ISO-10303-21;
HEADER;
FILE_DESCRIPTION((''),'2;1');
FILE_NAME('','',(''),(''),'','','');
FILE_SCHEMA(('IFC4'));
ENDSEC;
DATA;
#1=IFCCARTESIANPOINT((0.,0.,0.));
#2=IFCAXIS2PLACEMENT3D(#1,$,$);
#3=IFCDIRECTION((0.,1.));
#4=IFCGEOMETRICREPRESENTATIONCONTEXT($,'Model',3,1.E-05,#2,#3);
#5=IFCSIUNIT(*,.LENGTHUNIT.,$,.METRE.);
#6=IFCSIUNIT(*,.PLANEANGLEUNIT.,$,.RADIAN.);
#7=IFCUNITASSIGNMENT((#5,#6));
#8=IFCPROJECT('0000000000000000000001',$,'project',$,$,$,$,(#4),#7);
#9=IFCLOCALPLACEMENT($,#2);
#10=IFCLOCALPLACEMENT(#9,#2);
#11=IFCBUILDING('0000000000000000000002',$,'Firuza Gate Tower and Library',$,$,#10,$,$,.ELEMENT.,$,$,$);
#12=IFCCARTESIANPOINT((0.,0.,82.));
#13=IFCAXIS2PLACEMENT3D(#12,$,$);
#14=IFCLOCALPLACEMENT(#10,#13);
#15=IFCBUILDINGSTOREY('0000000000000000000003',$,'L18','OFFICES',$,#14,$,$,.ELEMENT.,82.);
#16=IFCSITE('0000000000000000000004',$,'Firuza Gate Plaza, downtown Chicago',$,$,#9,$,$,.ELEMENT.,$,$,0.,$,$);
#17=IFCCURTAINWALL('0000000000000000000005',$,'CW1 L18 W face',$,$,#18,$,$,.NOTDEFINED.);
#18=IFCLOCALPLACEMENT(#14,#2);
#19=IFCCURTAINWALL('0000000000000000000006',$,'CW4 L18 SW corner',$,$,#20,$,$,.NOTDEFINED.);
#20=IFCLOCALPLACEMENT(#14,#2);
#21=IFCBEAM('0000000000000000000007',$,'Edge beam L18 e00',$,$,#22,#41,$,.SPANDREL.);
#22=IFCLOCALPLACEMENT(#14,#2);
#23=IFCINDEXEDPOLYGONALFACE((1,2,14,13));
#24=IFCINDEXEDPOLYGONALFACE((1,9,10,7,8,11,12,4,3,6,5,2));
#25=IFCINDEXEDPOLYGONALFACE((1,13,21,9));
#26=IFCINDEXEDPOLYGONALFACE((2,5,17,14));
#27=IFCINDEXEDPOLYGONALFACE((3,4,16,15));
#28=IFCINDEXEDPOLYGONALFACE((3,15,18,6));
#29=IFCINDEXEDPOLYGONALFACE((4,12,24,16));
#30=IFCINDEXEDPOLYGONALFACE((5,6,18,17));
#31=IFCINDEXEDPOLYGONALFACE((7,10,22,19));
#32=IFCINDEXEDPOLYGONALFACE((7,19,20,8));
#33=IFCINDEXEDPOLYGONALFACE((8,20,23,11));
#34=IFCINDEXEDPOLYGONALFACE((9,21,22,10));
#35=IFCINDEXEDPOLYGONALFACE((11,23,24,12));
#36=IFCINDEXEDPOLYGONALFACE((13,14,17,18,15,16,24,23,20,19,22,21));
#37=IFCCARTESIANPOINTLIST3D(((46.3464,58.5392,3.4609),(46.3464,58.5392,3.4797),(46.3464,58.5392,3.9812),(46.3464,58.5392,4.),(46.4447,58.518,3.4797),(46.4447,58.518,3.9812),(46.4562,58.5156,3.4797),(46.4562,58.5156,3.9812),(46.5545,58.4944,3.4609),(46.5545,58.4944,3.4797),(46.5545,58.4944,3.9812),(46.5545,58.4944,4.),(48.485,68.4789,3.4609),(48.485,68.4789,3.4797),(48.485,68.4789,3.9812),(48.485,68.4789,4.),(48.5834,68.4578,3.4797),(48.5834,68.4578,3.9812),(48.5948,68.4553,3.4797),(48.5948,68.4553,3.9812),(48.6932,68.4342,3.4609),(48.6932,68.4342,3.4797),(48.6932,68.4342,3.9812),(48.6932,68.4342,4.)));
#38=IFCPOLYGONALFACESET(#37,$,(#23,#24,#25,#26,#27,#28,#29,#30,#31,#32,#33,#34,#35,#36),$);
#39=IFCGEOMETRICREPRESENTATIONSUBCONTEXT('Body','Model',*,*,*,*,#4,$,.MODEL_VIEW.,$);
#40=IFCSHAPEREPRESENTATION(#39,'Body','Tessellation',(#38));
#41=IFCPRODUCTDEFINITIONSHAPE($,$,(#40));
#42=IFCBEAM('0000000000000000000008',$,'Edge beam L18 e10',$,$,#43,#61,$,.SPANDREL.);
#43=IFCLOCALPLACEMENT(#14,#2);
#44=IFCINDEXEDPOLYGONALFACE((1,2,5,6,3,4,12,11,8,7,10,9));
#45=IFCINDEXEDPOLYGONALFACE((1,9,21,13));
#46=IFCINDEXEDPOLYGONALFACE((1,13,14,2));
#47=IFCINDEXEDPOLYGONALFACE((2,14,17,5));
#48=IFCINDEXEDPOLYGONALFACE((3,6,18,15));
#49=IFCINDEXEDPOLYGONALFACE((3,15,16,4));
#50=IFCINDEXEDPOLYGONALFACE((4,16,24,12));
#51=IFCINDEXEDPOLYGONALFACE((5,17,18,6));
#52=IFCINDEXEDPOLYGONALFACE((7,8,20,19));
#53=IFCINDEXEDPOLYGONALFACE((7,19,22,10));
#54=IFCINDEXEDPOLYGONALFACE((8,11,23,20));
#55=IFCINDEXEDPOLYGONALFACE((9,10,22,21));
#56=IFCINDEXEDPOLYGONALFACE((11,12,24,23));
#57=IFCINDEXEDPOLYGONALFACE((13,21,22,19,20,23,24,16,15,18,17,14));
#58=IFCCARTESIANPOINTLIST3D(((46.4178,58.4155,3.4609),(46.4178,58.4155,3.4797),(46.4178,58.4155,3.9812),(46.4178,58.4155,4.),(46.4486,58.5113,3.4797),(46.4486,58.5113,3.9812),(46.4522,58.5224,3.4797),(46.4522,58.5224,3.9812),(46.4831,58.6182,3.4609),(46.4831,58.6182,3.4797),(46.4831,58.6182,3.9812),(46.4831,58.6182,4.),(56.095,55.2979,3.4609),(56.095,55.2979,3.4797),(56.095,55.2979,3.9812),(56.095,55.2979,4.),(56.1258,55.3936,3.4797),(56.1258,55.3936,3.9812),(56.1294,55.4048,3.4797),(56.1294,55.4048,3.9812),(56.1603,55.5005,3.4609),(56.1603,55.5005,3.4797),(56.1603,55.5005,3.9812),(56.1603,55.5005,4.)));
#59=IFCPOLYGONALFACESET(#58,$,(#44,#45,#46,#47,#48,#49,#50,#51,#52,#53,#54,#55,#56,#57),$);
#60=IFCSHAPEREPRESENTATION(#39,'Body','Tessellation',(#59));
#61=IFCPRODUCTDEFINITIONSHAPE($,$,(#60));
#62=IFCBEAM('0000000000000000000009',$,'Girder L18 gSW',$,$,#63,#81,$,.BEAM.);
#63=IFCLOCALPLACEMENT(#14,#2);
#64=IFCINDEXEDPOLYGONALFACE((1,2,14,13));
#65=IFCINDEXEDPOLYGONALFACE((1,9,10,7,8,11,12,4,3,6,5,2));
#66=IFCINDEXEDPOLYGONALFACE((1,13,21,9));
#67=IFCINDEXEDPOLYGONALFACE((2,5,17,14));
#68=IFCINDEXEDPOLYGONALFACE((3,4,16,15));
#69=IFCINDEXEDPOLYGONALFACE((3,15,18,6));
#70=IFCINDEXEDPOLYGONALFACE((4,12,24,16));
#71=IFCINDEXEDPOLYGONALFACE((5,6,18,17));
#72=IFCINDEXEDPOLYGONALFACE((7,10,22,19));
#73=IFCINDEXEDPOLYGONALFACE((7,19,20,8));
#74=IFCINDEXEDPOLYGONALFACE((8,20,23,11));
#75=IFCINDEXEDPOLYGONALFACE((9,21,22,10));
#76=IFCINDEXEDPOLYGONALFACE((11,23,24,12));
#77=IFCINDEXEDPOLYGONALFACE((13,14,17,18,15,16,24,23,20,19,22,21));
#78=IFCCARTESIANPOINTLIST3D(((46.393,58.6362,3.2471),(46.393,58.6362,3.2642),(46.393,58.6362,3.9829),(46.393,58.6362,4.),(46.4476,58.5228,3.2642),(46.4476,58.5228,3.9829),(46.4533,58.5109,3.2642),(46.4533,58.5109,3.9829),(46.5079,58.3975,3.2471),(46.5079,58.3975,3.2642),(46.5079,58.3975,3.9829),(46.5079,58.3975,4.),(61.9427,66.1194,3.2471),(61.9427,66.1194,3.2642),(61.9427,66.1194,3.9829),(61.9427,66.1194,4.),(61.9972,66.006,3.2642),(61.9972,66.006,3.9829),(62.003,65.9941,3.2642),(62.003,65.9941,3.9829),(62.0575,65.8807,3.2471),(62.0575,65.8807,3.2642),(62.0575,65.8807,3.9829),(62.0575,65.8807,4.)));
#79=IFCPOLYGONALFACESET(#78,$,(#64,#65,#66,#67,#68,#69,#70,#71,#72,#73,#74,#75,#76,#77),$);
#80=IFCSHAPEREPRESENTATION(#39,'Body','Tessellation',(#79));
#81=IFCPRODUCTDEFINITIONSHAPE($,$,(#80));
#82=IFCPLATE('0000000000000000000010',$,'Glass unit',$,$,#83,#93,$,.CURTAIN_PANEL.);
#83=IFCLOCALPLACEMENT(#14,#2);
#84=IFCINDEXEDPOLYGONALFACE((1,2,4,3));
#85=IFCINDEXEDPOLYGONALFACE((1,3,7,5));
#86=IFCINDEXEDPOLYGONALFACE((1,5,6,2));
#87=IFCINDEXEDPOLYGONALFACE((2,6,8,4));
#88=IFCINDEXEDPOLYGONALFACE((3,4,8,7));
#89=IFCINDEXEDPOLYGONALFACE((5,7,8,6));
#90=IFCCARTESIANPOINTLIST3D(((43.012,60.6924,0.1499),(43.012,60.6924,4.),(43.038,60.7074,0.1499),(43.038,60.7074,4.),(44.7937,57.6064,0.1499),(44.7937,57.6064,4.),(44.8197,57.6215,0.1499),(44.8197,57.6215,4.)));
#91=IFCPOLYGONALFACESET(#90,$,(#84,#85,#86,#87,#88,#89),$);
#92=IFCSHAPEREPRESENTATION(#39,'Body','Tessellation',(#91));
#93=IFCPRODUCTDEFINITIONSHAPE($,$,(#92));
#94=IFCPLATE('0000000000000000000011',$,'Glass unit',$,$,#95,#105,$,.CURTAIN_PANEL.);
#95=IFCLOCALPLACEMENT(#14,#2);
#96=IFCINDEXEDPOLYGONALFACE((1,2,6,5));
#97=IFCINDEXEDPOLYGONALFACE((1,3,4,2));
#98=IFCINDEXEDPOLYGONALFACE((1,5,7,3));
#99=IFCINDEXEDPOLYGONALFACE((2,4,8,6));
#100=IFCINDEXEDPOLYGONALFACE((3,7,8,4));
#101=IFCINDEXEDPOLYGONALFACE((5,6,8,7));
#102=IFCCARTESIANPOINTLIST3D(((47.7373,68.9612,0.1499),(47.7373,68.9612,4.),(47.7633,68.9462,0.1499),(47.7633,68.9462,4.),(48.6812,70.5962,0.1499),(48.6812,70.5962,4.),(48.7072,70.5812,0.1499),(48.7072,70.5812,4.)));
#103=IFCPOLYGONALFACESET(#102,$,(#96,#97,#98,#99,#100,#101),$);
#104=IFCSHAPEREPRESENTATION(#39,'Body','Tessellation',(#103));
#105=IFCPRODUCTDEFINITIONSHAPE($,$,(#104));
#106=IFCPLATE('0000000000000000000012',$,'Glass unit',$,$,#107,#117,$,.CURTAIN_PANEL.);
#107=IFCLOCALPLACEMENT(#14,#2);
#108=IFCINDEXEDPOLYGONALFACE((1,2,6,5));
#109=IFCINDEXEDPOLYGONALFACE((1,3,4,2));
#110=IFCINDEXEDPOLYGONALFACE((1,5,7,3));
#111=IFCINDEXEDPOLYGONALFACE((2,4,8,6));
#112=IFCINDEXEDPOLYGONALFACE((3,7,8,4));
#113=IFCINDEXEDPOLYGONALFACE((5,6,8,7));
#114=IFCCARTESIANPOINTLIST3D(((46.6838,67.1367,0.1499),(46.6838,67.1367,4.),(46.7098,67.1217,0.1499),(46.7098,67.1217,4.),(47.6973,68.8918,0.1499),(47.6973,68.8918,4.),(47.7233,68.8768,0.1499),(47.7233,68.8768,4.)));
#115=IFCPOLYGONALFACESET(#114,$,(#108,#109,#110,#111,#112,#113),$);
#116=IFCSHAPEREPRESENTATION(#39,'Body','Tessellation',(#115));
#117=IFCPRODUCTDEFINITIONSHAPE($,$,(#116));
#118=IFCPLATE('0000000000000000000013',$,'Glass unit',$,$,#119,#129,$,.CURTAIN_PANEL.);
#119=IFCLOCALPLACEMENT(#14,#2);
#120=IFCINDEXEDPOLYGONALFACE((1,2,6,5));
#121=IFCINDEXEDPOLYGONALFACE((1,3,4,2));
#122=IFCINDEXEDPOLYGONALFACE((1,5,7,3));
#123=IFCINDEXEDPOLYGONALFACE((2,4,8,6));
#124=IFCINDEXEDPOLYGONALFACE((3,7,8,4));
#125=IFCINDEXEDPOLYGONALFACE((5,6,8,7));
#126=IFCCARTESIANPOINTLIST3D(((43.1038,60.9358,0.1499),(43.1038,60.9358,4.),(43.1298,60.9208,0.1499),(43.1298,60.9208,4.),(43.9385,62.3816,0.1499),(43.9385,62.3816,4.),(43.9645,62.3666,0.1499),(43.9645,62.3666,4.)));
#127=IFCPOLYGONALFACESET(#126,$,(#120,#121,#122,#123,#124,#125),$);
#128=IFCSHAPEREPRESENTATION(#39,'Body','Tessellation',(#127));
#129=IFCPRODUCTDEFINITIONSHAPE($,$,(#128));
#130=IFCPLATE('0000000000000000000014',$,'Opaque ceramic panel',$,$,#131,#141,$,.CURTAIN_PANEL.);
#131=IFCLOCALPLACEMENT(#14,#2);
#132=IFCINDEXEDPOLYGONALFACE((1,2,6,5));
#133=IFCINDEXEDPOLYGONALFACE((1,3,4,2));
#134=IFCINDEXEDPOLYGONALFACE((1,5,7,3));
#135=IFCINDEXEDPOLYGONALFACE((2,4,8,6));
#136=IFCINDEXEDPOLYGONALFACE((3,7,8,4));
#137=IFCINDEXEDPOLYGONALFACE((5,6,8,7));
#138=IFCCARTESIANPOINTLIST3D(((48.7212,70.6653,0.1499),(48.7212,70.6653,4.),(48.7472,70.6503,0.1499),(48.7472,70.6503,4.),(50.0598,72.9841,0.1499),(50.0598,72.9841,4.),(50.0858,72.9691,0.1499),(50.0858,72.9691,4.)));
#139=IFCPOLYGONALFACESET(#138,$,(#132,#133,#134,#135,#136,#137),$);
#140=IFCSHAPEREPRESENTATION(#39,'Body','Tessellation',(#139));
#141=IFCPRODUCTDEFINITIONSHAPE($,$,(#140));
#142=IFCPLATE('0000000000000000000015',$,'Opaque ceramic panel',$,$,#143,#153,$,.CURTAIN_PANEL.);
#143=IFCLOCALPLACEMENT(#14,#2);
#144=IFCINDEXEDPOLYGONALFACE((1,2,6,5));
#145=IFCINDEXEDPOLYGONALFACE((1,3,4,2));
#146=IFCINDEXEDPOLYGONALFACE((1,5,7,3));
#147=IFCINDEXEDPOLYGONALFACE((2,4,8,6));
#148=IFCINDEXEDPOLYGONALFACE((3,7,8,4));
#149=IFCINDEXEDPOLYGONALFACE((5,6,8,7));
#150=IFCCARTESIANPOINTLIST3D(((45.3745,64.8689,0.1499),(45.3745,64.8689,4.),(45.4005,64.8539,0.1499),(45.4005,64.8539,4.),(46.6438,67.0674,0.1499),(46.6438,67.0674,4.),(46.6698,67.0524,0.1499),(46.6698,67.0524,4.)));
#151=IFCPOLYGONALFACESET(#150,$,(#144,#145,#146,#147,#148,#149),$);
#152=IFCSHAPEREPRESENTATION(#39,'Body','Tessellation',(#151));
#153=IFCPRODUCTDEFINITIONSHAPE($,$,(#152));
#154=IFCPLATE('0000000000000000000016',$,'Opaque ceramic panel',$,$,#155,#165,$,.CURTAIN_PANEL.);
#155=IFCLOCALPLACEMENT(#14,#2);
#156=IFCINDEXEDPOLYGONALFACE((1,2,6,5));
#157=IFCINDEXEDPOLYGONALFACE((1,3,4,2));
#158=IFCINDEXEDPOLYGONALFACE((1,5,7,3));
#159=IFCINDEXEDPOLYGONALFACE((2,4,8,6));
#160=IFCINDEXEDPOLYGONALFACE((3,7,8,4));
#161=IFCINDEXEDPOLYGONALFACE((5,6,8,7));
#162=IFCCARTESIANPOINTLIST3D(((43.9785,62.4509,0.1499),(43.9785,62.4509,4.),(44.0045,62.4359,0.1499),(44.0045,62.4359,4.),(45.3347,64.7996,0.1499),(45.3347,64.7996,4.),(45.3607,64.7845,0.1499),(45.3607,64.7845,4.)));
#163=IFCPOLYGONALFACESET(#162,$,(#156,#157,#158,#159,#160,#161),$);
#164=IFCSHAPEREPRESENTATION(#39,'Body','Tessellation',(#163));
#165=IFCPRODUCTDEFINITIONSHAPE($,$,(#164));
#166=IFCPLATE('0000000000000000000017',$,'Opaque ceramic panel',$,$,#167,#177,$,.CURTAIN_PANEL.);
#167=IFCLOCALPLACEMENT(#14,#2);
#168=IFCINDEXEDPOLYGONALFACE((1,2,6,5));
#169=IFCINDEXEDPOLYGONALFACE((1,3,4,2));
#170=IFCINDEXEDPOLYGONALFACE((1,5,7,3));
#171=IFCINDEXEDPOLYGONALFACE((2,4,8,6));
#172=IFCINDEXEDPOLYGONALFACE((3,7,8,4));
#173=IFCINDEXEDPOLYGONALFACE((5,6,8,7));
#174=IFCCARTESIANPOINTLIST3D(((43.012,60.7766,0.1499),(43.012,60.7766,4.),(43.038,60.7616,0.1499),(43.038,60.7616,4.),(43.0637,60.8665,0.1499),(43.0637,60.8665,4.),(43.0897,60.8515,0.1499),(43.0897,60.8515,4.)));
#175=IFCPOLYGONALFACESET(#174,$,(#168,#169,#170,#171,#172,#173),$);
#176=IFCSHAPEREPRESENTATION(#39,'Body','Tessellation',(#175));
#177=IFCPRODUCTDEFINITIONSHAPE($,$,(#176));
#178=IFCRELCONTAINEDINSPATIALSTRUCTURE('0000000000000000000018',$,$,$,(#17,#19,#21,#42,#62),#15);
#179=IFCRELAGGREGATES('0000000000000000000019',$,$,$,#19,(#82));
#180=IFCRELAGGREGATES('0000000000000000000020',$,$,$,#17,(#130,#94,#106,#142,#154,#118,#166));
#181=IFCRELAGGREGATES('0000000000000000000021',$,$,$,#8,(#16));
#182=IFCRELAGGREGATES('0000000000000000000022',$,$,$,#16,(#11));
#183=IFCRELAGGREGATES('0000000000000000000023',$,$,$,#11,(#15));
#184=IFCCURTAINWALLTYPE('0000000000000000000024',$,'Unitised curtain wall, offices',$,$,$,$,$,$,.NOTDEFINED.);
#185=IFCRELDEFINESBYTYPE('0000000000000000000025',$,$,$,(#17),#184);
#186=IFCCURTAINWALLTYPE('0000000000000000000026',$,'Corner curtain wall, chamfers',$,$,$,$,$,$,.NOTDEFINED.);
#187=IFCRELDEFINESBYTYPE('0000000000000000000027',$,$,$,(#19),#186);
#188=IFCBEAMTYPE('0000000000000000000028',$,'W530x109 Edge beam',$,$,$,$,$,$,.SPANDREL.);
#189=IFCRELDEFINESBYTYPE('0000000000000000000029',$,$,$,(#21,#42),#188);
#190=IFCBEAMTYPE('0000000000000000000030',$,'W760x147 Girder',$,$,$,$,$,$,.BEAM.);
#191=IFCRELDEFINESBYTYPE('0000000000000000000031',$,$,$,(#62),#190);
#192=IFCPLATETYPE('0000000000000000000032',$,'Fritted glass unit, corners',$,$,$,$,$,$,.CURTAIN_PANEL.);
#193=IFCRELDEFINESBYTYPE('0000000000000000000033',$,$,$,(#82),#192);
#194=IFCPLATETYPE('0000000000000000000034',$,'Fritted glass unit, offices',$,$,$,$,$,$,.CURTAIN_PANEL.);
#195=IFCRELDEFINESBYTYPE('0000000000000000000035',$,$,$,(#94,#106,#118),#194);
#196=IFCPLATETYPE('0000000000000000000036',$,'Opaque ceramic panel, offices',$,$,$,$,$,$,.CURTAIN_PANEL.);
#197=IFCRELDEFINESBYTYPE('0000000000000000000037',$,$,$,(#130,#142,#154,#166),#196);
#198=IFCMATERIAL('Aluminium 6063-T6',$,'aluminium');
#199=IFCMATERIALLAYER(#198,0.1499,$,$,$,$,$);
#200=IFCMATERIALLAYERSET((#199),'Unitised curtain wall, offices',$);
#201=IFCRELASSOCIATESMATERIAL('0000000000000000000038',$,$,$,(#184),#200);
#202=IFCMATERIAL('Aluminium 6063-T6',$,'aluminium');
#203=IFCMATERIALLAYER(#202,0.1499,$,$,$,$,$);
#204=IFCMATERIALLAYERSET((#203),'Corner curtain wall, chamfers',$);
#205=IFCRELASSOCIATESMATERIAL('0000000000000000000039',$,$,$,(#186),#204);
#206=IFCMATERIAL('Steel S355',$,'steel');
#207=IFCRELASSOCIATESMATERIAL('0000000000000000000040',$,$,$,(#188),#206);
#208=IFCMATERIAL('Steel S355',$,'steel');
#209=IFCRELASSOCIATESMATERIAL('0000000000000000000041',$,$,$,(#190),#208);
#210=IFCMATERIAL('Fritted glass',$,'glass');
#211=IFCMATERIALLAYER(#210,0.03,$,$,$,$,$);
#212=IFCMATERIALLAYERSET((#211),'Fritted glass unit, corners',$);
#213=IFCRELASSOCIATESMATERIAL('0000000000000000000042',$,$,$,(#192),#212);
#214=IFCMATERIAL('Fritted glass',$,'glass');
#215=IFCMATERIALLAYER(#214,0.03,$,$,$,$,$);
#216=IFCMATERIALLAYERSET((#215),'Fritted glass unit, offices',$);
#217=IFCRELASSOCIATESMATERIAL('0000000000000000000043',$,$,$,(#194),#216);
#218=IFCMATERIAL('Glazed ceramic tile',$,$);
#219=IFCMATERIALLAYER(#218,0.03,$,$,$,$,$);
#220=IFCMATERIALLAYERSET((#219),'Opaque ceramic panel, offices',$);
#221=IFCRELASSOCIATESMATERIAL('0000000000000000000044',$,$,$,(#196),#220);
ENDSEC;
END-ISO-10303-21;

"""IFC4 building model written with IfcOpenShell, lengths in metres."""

from ifc_helpers import new_model, si_unit, direction, frame, origin, origin_2d, place, context, subcontext, project, spatial, polyline, i_section, outline, extrude, material, layer, layer_set, material_profile, profile_set, type_object, element, aggregate, save


model = new_model("IFC4")

# Units and contexts
model_context = context("Model", 3, precision=1e-05, world=origin(), true_north=direction((0.0, 1.0)))
body_context = subcontext(model_context, "Body", "Model", "MODEL_VIEW")
ifc_project = project(units=[si_unit("LENGTHUNIT", "METRE"), si_unit("PLANEANGLEUNIT", "RADIAN")], contexts=[model_context])

# Site, building, storey
site_placement = place(None, origin())
site = spatial("IfcSite", under=ifc_project, at=site_placement, Name="Firuza Gate Plaza, downtown Chicago", CompositionType="ELEMENT", RefElevation=0.0)
building_placement = place(site_placement, origin())
building = spatial("IfcBuilding", under=site, at=building_placement, Name="Firuza Gate Tower and Library", CompositionType="ELEMENT")
storey_placement = place(building_placement, frame((0.0, 0.0, 82.0)))
storey = spatial("IfcBuildingStorey", under=building, at=storey_placement, Name="L18", Description="OFFICES", CompositionType="ELEMENT", Elevation=82.0)

# Curtain walls
ifc_material_1 = material(Name="Aluminium 6063-T6", Category="aluminium")
ifc_layer_1 = layer(ifc_material_1, 0.1499)
ifc_layer_set_1 = layer_set([ifc_layer_1], Name="Unitised curtain wall, offices")
curtain_wall_type_1 = type_object("IfcCurtainWallType", Name="Unitised curtain wall, offices", PredefinedType="NOTDEFINED", material=ifc_layer_set_1)
placement = place(storey_placement, origin())
curtain_wall_1 = element("IfcCurtainWall", 1, at=placement, inside=storey, type_object=curtain_wall_type_1, Name="CW1 L18 W face", PredefinedType="NOTDEFINED")
ifc_material_2 = material(Name="Aluminium 6063-T6", Category="aluminium")
ifc_layer_2 = layer(ifc_material_2, 0.1499)
ifc_layer_set_2 = layer_set([ifc_layer_2], Name="Corner curtain wall, chamfers")
curtain_wall_type_2 = type_object("IfcCurtainWallType", Name="Corner curtain wall, chamfers", PredefinedType="NOTDEFINED", material=ifc_layer_set_2)
curtain_wall_2 = element("IfcCurtainWall", 2, at=placement, inside=storey, type_object=curtain_wall_type_2, Name="CW4 L18 SW corner", PredefinedType="NOTDEFINED")

# Beams
ifc_material_3 = material(Name="Steel S355", Category="steel")
ifc_material_profile_1 = material_profile(ifc_material_3, i_section(OverallWidth=0.2129, OverallDepth=0.5391, WebThickness=0.0117, FlangeThickness=0.0188, at=origin_2d()))
ifc_profile_set_1 = profile_set([ifc_material_profile_1], Name="Steel S355")
beam_type_1 = type_object("IfcBeamType", Name="W530x109 Edge beam", PredefinedType="SPANDREL", material=ifc_profile_set_1)
beam_1_placement = place(storey_placement, frame((48.5891, 68.4565, 3.7305), z_axis=(-0.210351, -0.977626, 0.0), x_axis=(0.977626, -0.210351, 0.0)))
element("IfcBeam", 3, at=beam_1_placement, inside=storey, type_object=beam_type_1, Name="Edge beam L18 e00", PredefinedType="SPANDREL", context=body_context, shape_type="SweptSolid", body=[
    extrude(i_section(OverallWidth=0.2129, OverallDepth=0.5391, WebThickness=0.0117, FlangeThickness=0.0188, at=origin_2d()), origin(), (0.0, 0.0, 1.0), 10.1672),
])
beam_2_placement = place(storey_placement, frame((46.4504, 58.5168, 3.7305), z_axis=(0.951824, -0.306645, 0.0), x_axis=(0.306645, 0.951824, 0.0)))
element("IfcBeam", 4, at=beam_2_placement, inside=storey, type_object=beam_type_1, Name="Edge beam L18 e10", PredefinedType="SPANDREL", context=body_context, shape_type="SweptSolid", body=[
    extrude(i_section(OverallWidth=0.2129, OverallDepth=0.5391, WebThickness=0.0117, FlangeThickness=0.0188, at=origin_2d()), origin(), (0.0, 0.0, 1.0), 10.167),
])
ifc_material_4 = material(Name="Steel S355", Category="steel")
ifc_material_profile_2 = material_profile(ifc_material_4, i_section(OverallWidth=0.2649, OverallDepth=0.7529, WebThickness=0.0132, FlangeThickness=0.0171, at=origin_2d()))
ifc_profile_set_2 = profile_set([ifc_material_profile_2], Name="Steel S355")
beam_type_2 = type_object("IfcBeamType", Name="W760x147 Girder", PredefinedType="BEAM", material=ifc_profile_set_2)
beam_3_placement = place(storey_placement, frame((46.4504, 58.5168, 3.6235), z_axis=(0.901085, 0.433643, 0.0), x_axis=(-0.433643, 0.901085, 0.0)))
element("IfcBeam", 5, at=beam_3_placement, inside=storey, type_object=beam_type_2, Name="Girder L18 gSW", PredefinedType="BEAM", context=body_context, shape_type="SweptSolid", body=[
    extrude(i_section(OverallWidth=0.2649, OverallDepth=0.7529, WebThickness=0.0132, FlangeThickness=0.0171, at=origin_2d()), origin(), (0.0, 0.0, 1.0), 17.2566),
])

# Plates
ifc_material_5 = material(Name="Fritted glass", Category="glass")
ifc_layer_3 = layer(ifc_material_5, 0.03)
ifc_layer_set_3 = layer_set([ifc_layer_3], Name="Fritted glass unit, corners")
plate_type_1 = type_object("IfcPlateType", Name="Fritted glass unit, corners", PredefinedType="CURTAIN_PANEL", material=ifc_layer_set_3)
plate_1_placement = place(storey_placement, frame((43.012, 60.6924, 0.1499), z_axis=(-0.866017, -0.500015, 0.0), x_axis=(0.500015, -0.866017, 0.0)))
plate_1 = element("IfcPlate", 6, at=plate_1_placement, type_object=plate_type_1, Name="Glass unit", PredefinedType="CURTAIN_PANEL", context=body_context, shape_type="SweptSolid", body=[
    extrude(outline(polyline([(0.0, 0.0), (3.5634, 0.0), (3.5634, 3.8501), (0.0, 3.8501), (0.0, 0.0)])), origin(), (0.0, 0.0, -1.0), 0.03),
])
aggregate(curtain_wall_2, [plate_1])
ifc_material_6 = material(Name="Fritted glass", Category="glass")
ifc_layer_4 = layer(ifc_material_6, 0.03)
ifc_layer_set_4 = layer_set([ifc_layer_4], Name="Fritted glass unit, offices")
plate_type_2 = type_object("IfcPlateType", Name="Fritted glass unit, offices", PredefinedType="CURTAIN_PANEL", material=ifc_layer_set_4)
plate_2_placement = place(storey_placement, frame((48.6812, 70.5962, 0.1499), z_axis=(-0.866054, 0.49995, 0.0), x_axis=(-0.49995, -0.866054, 0.0)))
plate_2 = element("IfcPlate", 7, at=plate_2_placement, type_object=plate_type_2, Name="Glass unit", PredefinedType="CURTAIN_PANEL", context=body_context, shape_type="SweptSolid", body=[
    extrude(outline(polyline([(0.0, 0.0), (1.8879, 0.0), (1.8879, 3.8501), (0.0, 3.8501), (0.0, 0.0)])), origin(), (0.0, 0.0, -1.0), 0.03),
])
plate_3_placement = place(storey_placement, frame((47.6973, 68.8918, 0.1499), z_axis=(-0.866003, 0.500039, 0.0), x_axis=(-0.500039, -0.866003, 0.0)))
plate_3 = element("IfcPlate", 8, at=plate_3_placement, type_object=plate_type_2, Name="Glass unit", PredefinedType="CURTAIN_PANEL", context=body_context, shape_type="SweptSolid", body=[
    extrude(outline(polyline([(0.0, 0.0), (2.0267, 0.0), (2.0267, 3.8501), (0.0, 3.8501), (0.0, 0.0)])), origin(), (0.0, 0.0, -1.0), 0.03),
])
plate_4_placement = place(storey_placement, frame((43.9385, 62.3816, 0.1499), z_axis=(-0.86603, 0.499993, 0.0), x_axis=(-0.499993, -0.86603, 0.0)))
plate_4 = element("IfcPlate", 9, at=plate_4_placement, type_object=plate_type_2, Name="Glass unit", PredefinedType="CURTAIN_PANEL", context=body_context, shape_type="SweptSolid", body=[
    extrude(outline(polyline([(0.0, 0.0), (1.6695, 0.0), (1.6695, 3.8501), (0.0, 3.8501), (0.0, 0.0)])), origin(), (0.0, 0.0, -1.0), 0.03),
])
ifc_material_7 = material(Name="Glazed ceramic tile")
ifc_layer_5 = layer(ifc_material_7, 0.03)
ifc_layer_set_5 = layer_set([ifc_layer_5], Name="Opaque ceramic panel, offices")
plate_type_3 = type_object("IfcPlateType", Name="Opaque ceramic panel, offices", PredefinedType="CURTAIN_PANEL", material=ifc_layer_set_5)
plate_5_placement = place(storey_placement, frame((50.0598, 72.9841, 0.1499), z_axis=(-0.866052, 0.499954, 0.0), x_axis=(-0.499954, -0.866052, 0.0)))
plate_5 = element("IfcPlate", 10, at=plate_5_placement, type_object=plate_type_3, Name="Opaque ceramic panel", PredefinedType="CURTAIN_PANEL", context=body_context, shape_type="SweptSolid", body=[
    extrude(outline(polyline([(0.0, 0.0), (2.6775, 0.0), (2.6775, 3.8501), (0.0, 3.8501), (0.0, 0.0)])), origin(), (0.0, 0.0, -1.0), 0.03),
])
plate_6_placement = place(storey_placement, frame((46.6438, 67.0674, 0.1499), z_axis=(-0.866027, 0.499997, 0.0), x_axis=(-0.499997, -0.866027, 0.0)))
plate_6 = element("IfcPlate", 11, at=plate_6_placement, type_object=plate_type_3, Name="Opaque ceramic panel", PredefinedType="CURTAIN_PANEL", context=body_context, shape_type="SweptSolid", body=[
    extrude(outline(polyline([(0.0, 0.0), (2.5386, 0.0), (2.5386, 3.8501), (0.0, 3.8501), (0.0, 0.0)])), origin(), (0.0, 0.0, -1.0), 0.03),
])
plate_7_placement = place(storey_placement, frame((45.3347, 64.7996, 0.1499), z_axis=(-0.865991, 0.50006, 0.0), x_axis=(-0.50006, -0.865991, 0.0)))
plate_7 = element("IfcPlate", 12, at=plate_7_placement, type_object=plate_type_3, Name="Opaque ceramic panel", PredefinedType="CURTAIN_PANEL", context=body_context, shape_type="SweptSolid", body=[
    extrude(outline(polyline([(0.0, 0.0), (2.7121, 0.0), (2.7121, 3.8501), (0.0, 3.8501), (0.0, 0.0)])), origin(), (0.0, 0.0, -1.0), 0.03),
])
plate_8_placement = place(storey_placement, frame((43.0637, 60.8665, 0.1499), z_axis=(-0.866499, 0.499179, 0.0), x_axis=(-0.499179, -0.866499, 0.0)))
plate_8 = element("IfcPlate", 13, at=plate_8_placement, type_object=plate_type_3, Name="Opaque ceramic panel", PredefinedType="CURTAIN_PANEL", context=body_context, shape_type="SweptSolid", body=[
    extrude(outline(polyline([(0.0, 0.0), (0.1037, 0.0), (0.1037, 3.8501), (0.0, 3.8501), (0.0, 0.0)])), origin(), (0.0, 0.0, -1.0), 0.03),
])
aggregate(curtain_wall_1, [plate_5, plate_2, plate_3, plate_6, plate_7, plate_4, plate_8])

save(model, "model.ifc")
